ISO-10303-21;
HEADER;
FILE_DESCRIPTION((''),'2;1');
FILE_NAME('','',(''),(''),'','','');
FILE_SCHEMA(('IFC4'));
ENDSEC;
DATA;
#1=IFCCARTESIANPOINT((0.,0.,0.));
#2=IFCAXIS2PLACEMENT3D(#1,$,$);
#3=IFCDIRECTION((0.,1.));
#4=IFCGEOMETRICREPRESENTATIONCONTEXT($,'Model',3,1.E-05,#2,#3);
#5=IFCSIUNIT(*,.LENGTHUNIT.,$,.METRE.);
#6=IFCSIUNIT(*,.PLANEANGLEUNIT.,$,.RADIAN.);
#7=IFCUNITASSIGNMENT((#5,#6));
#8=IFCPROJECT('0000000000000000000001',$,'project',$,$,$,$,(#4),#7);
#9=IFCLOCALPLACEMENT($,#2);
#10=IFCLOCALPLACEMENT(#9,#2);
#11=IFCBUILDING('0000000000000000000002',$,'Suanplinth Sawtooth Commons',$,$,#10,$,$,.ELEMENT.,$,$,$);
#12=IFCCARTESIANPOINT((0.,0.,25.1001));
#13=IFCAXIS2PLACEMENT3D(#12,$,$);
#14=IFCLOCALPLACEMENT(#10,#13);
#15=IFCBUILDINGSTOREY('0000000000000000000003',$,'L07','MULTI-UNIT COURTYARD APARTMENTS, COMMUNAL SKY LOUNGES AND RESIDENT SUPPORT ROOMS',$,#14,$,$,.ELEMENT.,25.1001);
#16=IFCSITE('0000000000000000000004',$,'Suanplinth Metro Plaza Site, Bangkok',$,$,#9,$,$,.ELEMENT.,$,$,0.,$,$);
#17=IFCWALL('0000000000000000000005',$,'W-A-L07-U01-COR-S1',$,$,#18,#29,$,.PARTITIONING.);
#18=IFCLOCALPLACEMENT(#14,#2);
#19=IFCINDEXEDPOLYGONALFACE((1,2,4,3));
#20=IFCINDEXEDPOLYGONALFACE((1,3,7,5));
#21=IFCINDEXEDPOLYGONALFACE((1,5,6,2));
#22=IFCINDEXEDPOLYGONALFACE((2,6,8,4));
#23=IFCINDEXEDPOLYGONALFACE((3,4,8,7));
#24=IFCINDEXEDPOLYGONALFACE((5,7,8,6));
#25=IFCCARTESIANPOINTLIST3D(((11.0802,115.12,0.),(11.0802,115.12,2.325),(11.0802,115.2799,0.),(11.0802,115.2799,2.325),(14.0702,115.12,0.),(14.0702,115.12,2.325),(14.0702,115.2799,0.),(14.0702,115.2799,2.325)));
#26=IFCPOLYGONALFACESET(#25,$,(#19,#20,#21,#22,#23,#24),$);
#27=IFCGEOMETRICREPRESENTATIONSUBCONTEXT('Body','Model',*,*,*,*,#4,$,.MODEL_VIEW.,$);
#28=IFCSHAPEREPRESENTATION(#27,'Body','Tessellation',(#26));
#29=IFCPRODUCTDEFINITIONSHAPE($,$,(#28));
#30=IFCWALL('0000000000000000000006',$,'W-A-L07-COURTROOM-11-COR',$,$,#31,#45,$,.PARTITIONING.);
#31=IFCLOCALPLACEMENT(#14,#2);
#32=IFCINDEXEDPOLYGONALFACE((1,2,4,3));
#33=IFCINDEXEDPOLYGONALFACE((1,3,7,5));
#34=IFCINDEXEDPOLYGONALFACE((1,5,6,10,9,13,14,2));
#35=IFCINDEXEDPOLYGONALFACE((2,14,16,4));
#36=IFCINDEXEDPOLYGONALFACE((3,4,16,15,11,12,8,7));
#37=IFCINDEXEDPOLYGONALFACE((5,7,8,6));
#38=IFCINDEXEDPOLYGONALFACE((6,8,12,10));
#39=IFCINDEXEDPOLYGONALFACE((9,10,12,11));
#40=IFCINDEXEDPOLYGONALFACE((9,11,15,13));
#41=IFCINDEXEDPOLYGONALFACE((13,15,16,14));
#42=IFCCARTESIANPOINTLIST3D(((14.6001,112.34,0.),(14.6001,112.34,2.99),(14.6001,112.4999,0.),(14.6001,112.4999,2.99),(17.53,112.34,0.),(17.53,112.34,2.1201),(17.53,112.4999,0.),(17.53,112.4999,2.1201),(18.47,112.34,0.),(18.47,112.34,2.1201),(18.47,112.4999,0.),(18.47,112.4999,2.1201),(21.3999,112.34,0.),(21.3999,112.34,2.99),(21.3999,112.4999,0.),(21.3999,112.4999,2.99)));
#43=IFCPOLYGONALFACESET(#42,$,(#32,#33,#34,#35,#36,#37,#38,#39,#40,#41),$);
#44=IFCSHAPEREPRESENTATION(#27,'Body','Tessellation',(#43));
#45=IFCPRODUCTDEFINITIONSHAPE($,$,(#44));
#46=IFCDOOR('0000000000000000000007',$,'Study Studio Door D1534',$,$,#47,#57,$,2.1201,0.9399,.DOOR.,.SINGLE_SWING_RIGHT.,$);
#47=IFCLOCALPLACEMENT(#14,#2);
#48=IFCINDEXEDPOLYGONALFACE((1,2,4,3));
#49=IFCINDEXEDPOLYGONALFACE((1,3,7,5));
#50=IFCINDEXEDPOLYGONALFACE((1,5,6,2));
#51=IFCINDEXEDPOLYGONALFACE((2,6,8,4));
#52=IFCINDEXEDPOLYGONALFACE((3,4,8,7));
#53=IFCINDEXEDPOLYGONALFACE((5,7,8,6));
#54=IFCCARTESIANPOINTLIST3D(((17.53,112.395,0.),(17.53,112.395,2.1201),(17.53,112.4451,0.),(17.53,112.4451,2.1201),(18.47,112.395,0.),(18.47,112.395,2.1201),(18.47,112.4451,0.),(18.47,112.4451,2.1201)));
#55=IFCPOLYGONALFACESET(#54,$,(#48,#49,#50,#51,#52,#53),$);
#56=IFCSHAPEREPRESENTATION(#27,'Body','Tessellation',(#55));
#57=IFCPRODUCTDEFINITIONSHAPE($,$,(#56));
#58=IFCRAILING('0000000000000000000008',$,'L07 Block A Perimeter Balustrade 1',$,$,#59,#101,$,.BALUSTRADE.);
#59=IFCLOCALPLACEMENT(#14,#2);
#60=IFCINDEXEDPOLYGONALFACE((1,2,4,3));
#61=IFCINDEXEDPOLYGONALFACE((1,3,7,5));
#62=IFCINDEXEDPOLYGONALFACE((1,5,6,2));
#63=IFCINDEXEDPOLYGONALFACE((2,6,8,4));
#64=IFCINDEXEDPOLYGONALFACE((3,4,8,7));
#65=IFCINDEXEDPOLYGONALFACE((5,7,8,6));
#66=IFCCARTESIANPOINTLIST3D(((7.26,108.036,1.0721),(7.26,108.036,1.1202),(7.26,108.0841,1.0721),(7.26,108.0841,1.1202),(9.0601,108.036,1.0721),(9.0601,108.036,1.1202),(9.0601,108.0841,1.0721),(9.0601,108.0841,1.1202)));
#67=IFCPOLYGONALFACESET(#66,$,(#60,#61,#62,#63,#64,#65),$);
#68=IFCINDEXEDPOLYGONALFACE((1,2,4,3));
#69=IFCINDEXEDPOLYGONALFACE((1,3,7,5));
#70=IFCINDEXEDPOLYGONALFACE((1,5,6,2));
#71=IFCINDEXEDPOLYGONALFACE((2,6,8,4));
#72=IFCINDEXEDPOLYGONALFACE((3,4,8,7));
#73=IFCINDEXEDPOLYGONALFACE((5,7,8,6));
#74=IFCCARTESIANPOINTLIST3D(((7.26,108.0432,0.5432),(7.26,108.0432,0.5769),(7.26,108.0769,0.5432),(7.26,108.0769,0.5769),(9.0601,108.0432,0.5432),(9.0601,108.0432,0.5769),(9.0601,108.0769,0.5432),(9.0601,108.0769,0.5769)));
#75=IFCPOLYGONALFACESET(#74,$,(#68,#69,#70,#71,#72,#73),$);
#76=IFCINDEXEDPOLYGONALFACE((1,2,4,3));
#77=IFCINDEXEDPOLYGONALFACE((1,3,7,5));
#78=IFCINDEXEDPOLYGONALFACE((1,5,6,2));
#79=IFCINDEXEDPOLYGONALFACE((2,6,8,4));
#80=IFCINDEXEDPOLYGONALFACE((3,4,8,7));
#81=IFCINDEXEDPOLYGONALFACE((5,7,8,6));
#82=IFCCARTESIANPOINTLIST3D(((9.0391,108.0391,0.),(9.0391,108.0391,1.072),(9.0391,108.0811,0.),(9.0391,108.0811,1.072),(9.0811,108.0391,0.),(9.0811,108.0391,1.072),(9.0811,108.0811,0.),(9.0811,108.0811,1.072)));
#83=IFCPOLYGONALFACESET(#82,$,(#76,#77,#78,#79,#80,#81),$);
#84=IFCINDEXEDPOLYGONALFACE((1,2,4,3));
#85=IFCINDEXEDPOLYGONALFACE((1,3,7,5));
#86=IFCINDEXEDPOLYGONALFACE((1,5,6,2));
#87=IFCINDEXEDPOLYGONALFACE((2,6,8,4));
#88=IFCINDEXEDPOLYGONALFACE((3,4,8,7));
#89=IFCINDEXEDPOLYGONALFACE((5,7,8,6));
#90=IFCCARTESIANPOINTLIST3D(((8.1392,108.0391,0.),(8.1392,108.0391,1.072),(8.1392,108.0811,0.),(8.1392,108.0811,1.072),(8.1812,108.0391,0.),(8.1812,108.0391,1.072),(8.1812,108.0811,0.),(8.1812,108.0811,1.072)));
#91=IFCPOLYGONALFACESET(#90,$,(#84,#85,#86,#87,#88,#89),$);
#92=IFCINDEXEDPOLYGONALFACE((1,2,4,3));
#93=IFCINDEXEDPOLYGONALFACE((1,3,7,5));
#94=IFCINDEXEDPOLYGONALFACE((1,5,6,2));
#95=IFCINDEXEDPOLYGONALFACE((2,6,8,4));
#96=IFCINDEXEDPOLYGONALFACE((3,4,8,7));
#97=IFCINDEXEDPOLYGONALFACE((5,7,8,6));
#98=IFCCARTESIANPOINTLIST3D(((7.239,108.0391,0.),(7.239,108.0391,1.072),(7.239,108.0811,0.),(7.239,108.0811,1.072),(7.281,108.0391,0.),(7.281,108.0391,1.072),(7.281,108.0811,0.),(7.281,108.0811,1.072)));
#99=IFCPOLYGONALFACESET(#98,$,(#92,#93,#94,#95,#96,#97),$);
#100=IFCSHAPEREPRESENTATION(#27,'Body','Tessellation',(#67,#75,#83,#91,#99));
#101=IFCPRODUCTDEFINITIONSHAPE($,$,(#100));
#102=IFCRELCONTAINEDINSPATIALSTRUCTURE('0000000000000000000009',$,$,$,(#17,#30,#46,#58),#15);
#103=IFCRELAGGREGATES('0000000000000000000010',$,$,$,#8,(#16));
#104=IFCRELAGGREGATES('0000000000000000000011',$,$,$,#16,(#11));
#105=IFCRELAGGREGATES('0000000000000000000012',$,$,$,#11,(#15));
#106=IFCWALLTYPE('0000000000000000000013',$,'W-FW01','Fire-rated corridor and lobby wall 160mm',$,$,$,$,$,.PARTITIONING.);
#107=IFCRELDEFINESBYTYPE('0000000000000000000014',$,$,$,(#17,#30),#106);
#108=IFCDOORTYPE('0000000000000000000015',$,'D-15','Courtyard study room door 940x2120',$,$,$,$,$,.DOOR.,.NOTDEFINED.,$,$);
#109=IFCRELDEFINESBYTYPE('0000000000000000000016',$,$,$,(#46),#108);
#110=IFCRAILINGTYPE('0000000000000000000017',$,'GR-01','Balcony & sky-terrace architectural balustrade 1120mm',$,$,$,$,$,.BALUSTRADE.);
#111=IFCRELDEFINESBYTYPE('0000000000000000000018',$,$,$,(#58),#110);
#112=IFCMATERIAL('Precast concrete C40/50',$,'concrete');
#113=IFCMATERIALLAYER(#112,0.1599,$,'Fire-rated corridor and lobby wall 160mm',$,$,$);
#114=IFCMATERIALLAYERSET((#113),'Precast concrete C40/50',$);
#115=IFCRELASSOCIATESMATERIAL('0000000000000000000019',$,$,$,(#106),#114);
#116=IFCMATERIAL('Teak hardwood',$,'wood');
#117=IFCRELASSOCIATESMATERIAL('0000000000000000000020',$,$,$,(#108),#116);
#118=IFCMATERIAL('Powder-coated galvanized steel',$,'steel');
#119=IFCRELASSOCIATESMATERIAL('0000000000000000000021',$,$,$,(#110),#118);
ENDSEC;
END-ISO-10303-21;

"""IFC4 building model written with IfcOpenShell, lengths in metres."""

from ifc_helpers import new_model, si_unit, direction, frame, frame_2d, origin, origin_2d, place, context, subcontext, project, spatial, rectangle, extrude, material, layer, layer_set, type_object, element, fill, save


model = new_model("IFC4")

# Units and contexts
model_context = context("Model", 3, precision=1e-05, world=origin(), true_north=direction((0.0, 1.0)))
body_context = subcontext(model_context, "Body", "Model", "MODEL_VIEW")
ifc_project = project(units=[si_unit("LENGTHUNIT", "METRE"), si_unit("PLANEANGLEUNIT", "RADIAN")], contexts=[model_context])

# Site, building, storey
site_placement = place(None, origin())
site = spatial("IfcSite", under=ifc_project, at=site_placement, Name="Suanplinth Metro Plaza Site, Bangkok", CompositionType="ELEMENT", RefElevation=0.0)
building_placement = place(site_placement, origin())
building = spatial("IfcBuilding", under=site, at=building_placement, Name="Suanplinth Sawtooth Commons", CompositionType="ELEMENT")
storey_placement = place(building_placement, frame((0.0, 0.0, 25.1001)))
storey = spatial("IfcBuildingStorey", under=building, at=storey_placement, Name="L07", Description="MULTI-UNIT COURTYARD APARTMENTS, COMMUNAL SKY LOUNGES AND RESIDENT SUPPORT ROOMS", CompositionType="ELEMENT", Elevation=25.1001)

# Shared definitions
ifc_material_1 = material(Name="Precast concrete C40/50", Category="concrete")

# Wall
ifc_layer_1 = layer(ifc_material_1, 0.1599, Name="Fire-rated corridor and lobby wall 160mm")
ifc_layer_set_1 = layer_set([ifc_layer_1], Name="Precast concrete C40/50")
wall_type_1 = type_object("IfcWallType", Name="W-FW01", Description="Fire-rated corridor and lobby wall 160mm", PredefinedType="PARTITIONING", material=ifc_layer_set_1)
wall_1_placement = place(storey_placement, frame((11.0801, 115.2, 0.0), z_axis=(0.0, 0.0, 1.0), x_axis=(1.0, 0.0, 0.0)))
element("IfcWall", 1, at=wall_1_placement, inside=storey, type_object=wall_type_1, Name="W-A-L07-U01-COR-S1", PredefinedType="PARTITIONING", context=body_context, shape_type="SweptSolid", body=[
    extrude(rectangle(XDim=2.99, YDim=0.1599, at=frame_2d((1.4951, 0.0))), origin(), (0.0, 0.0, 1.0), 2.325),
])

# Wall, opening, door
ifc_material_2 = material(Name="Teak hardwood", Category="wood")
door_type_1 = type_object("IfcDoorType", Name="D-15", Description="Courtyard study room door 940x2120", OperationType="NOTDEFINED", PredefinedType="DOOR", material=ifc_material_2)
wall_2_placement = place(storey_placement, frame((14.6001, 112.4199, 0.0), z_axis=(0.0, 0.0, 1.0), x_axis=(1.0, 0.0, 0.0)))
wall_2 = element("IfcWall", 2, at=wall_2_placement, inside=storey, type_object=wall_type_1, Name="W-A-L07-COURTROOM-11-COR", PredefinedType="PARTITIONING", context=body_context, shape_type="SweptSolid", body=[
    extrude(rectangle(XDim=6.7998, YDim=0.1599, at=frame_2d((3.3999, 0.0))), origin(), (0.0, 0.0, 1.0), 2.99),
])
opening_1_placement = place(wall_2_placement, frame((2.9299, 0.0, 0.0)))
opening_1 = element("IfcOpeningElement", 3, at=opening_1_placement, cuts=wall_2, PredefinedType="OPENING", context=body_context, shape_type="SweptSolid", body=[
    extrude(rectangle(XDim=0.9399, YDim=2.1201, at=frame_2d((0.47, 1.0601))), frame((0.0, 0.0947, 0.0), z_axis=(0.0, -1.0, 0.0), x_axis=(1.0, 0.0, 0.0)), (0.0, 0.0, 1.0), 0.1897),
])
door_1_placement = place(opening_1_placement, frame((0.9399, 0.0, 0.0), z_axis=(0.0, 0.0, 1.0), x_axis=(-1.0, 0.0, 0.0)))
door_1 = element("IfcDoor", 4, at=door_1_placement, inside=storey, type_object=door_type_1, Name="Study Studio Door D1534", OperationType="SINGLE_SWING_RIGHT", OverallHeight=2.1201, OverallWidth=0.9399, PredefinedType="DOOR", context=body_context, shape_type="SweptSolid", body=[
    extrude(rectangle(XDim=0.9399, YDim=2.1201, at=frame_2d((0.47, 1.0601))), frame((0.0, 0.0249, 0.0), z_axis=(0.0, -1.0, 0.0), x_axis=(1.0, 0.0, 0.0)), (0.0, 0.0, 1.0), 0.05),
])
fill(opening_1, door_1)

# Railing
ifc_material_3 = material(Name="Powder-coated galvanized steel", Category="steel")
railing_type = type_object("IfcRailingType", Name="GR-01", Description="Balcony & sky-terrace architectural balustrade 1120mm", PredefinedType="BALUSTRADE", material=ifc_material_3)
railing_1_placement = place(storey_placement, frame((9.0601, 108.0601, 0.0)))
element("IfcRailing", 5, at=railing_1_placement, inside=storey, type_object=railing_type, Name="L07 Block A Perimeter Balustrade 1", PredefinedType="BALUSTRADE", context=body_context, shape_type="SweptSolid", body=[
    extrude(rectangle(XDim=0.0481, YDim=0.0481, at=origin_2d()), frame((0.0, 0.0, 1.0962), z_axis=(-1.0, 0.0, 0.0), x_axis=(0.0, -1.0, 0.0)), (0.0, 0.0, 1.0), 1.8),
    extrude(rectangle(XDim=0.0337, YDim=0.0337, at=origin_2d()), frame((0.0, 0.0, 0.5601), z_axis=(-1.0, 0.0, 0.0), x_axis=(0.0, -1.0, 0.0)), (0.0, 0.0, 1.0), 1.8),
    extrude(rectangle(XDim=0.042, YDim=0.042, at=origin_2d()), origin(), (0.0, 0.0, 1.0), 1.072),
    extrude(rectangle(XDim=0.042, YDim=0.042, at=origin_2d()), frame((-0.8999, 0.0, 0.0)), (0.0, 0.0, 1.0), 1.072),
    extrude(rectangle(XDim=0.042, YDim=0.042, at=origin_2d()), frame((-1.8, 0.0, 0.0)), (0.0, 0.0, 1.0), 1.072),
])

save(model, "model.ifc")
